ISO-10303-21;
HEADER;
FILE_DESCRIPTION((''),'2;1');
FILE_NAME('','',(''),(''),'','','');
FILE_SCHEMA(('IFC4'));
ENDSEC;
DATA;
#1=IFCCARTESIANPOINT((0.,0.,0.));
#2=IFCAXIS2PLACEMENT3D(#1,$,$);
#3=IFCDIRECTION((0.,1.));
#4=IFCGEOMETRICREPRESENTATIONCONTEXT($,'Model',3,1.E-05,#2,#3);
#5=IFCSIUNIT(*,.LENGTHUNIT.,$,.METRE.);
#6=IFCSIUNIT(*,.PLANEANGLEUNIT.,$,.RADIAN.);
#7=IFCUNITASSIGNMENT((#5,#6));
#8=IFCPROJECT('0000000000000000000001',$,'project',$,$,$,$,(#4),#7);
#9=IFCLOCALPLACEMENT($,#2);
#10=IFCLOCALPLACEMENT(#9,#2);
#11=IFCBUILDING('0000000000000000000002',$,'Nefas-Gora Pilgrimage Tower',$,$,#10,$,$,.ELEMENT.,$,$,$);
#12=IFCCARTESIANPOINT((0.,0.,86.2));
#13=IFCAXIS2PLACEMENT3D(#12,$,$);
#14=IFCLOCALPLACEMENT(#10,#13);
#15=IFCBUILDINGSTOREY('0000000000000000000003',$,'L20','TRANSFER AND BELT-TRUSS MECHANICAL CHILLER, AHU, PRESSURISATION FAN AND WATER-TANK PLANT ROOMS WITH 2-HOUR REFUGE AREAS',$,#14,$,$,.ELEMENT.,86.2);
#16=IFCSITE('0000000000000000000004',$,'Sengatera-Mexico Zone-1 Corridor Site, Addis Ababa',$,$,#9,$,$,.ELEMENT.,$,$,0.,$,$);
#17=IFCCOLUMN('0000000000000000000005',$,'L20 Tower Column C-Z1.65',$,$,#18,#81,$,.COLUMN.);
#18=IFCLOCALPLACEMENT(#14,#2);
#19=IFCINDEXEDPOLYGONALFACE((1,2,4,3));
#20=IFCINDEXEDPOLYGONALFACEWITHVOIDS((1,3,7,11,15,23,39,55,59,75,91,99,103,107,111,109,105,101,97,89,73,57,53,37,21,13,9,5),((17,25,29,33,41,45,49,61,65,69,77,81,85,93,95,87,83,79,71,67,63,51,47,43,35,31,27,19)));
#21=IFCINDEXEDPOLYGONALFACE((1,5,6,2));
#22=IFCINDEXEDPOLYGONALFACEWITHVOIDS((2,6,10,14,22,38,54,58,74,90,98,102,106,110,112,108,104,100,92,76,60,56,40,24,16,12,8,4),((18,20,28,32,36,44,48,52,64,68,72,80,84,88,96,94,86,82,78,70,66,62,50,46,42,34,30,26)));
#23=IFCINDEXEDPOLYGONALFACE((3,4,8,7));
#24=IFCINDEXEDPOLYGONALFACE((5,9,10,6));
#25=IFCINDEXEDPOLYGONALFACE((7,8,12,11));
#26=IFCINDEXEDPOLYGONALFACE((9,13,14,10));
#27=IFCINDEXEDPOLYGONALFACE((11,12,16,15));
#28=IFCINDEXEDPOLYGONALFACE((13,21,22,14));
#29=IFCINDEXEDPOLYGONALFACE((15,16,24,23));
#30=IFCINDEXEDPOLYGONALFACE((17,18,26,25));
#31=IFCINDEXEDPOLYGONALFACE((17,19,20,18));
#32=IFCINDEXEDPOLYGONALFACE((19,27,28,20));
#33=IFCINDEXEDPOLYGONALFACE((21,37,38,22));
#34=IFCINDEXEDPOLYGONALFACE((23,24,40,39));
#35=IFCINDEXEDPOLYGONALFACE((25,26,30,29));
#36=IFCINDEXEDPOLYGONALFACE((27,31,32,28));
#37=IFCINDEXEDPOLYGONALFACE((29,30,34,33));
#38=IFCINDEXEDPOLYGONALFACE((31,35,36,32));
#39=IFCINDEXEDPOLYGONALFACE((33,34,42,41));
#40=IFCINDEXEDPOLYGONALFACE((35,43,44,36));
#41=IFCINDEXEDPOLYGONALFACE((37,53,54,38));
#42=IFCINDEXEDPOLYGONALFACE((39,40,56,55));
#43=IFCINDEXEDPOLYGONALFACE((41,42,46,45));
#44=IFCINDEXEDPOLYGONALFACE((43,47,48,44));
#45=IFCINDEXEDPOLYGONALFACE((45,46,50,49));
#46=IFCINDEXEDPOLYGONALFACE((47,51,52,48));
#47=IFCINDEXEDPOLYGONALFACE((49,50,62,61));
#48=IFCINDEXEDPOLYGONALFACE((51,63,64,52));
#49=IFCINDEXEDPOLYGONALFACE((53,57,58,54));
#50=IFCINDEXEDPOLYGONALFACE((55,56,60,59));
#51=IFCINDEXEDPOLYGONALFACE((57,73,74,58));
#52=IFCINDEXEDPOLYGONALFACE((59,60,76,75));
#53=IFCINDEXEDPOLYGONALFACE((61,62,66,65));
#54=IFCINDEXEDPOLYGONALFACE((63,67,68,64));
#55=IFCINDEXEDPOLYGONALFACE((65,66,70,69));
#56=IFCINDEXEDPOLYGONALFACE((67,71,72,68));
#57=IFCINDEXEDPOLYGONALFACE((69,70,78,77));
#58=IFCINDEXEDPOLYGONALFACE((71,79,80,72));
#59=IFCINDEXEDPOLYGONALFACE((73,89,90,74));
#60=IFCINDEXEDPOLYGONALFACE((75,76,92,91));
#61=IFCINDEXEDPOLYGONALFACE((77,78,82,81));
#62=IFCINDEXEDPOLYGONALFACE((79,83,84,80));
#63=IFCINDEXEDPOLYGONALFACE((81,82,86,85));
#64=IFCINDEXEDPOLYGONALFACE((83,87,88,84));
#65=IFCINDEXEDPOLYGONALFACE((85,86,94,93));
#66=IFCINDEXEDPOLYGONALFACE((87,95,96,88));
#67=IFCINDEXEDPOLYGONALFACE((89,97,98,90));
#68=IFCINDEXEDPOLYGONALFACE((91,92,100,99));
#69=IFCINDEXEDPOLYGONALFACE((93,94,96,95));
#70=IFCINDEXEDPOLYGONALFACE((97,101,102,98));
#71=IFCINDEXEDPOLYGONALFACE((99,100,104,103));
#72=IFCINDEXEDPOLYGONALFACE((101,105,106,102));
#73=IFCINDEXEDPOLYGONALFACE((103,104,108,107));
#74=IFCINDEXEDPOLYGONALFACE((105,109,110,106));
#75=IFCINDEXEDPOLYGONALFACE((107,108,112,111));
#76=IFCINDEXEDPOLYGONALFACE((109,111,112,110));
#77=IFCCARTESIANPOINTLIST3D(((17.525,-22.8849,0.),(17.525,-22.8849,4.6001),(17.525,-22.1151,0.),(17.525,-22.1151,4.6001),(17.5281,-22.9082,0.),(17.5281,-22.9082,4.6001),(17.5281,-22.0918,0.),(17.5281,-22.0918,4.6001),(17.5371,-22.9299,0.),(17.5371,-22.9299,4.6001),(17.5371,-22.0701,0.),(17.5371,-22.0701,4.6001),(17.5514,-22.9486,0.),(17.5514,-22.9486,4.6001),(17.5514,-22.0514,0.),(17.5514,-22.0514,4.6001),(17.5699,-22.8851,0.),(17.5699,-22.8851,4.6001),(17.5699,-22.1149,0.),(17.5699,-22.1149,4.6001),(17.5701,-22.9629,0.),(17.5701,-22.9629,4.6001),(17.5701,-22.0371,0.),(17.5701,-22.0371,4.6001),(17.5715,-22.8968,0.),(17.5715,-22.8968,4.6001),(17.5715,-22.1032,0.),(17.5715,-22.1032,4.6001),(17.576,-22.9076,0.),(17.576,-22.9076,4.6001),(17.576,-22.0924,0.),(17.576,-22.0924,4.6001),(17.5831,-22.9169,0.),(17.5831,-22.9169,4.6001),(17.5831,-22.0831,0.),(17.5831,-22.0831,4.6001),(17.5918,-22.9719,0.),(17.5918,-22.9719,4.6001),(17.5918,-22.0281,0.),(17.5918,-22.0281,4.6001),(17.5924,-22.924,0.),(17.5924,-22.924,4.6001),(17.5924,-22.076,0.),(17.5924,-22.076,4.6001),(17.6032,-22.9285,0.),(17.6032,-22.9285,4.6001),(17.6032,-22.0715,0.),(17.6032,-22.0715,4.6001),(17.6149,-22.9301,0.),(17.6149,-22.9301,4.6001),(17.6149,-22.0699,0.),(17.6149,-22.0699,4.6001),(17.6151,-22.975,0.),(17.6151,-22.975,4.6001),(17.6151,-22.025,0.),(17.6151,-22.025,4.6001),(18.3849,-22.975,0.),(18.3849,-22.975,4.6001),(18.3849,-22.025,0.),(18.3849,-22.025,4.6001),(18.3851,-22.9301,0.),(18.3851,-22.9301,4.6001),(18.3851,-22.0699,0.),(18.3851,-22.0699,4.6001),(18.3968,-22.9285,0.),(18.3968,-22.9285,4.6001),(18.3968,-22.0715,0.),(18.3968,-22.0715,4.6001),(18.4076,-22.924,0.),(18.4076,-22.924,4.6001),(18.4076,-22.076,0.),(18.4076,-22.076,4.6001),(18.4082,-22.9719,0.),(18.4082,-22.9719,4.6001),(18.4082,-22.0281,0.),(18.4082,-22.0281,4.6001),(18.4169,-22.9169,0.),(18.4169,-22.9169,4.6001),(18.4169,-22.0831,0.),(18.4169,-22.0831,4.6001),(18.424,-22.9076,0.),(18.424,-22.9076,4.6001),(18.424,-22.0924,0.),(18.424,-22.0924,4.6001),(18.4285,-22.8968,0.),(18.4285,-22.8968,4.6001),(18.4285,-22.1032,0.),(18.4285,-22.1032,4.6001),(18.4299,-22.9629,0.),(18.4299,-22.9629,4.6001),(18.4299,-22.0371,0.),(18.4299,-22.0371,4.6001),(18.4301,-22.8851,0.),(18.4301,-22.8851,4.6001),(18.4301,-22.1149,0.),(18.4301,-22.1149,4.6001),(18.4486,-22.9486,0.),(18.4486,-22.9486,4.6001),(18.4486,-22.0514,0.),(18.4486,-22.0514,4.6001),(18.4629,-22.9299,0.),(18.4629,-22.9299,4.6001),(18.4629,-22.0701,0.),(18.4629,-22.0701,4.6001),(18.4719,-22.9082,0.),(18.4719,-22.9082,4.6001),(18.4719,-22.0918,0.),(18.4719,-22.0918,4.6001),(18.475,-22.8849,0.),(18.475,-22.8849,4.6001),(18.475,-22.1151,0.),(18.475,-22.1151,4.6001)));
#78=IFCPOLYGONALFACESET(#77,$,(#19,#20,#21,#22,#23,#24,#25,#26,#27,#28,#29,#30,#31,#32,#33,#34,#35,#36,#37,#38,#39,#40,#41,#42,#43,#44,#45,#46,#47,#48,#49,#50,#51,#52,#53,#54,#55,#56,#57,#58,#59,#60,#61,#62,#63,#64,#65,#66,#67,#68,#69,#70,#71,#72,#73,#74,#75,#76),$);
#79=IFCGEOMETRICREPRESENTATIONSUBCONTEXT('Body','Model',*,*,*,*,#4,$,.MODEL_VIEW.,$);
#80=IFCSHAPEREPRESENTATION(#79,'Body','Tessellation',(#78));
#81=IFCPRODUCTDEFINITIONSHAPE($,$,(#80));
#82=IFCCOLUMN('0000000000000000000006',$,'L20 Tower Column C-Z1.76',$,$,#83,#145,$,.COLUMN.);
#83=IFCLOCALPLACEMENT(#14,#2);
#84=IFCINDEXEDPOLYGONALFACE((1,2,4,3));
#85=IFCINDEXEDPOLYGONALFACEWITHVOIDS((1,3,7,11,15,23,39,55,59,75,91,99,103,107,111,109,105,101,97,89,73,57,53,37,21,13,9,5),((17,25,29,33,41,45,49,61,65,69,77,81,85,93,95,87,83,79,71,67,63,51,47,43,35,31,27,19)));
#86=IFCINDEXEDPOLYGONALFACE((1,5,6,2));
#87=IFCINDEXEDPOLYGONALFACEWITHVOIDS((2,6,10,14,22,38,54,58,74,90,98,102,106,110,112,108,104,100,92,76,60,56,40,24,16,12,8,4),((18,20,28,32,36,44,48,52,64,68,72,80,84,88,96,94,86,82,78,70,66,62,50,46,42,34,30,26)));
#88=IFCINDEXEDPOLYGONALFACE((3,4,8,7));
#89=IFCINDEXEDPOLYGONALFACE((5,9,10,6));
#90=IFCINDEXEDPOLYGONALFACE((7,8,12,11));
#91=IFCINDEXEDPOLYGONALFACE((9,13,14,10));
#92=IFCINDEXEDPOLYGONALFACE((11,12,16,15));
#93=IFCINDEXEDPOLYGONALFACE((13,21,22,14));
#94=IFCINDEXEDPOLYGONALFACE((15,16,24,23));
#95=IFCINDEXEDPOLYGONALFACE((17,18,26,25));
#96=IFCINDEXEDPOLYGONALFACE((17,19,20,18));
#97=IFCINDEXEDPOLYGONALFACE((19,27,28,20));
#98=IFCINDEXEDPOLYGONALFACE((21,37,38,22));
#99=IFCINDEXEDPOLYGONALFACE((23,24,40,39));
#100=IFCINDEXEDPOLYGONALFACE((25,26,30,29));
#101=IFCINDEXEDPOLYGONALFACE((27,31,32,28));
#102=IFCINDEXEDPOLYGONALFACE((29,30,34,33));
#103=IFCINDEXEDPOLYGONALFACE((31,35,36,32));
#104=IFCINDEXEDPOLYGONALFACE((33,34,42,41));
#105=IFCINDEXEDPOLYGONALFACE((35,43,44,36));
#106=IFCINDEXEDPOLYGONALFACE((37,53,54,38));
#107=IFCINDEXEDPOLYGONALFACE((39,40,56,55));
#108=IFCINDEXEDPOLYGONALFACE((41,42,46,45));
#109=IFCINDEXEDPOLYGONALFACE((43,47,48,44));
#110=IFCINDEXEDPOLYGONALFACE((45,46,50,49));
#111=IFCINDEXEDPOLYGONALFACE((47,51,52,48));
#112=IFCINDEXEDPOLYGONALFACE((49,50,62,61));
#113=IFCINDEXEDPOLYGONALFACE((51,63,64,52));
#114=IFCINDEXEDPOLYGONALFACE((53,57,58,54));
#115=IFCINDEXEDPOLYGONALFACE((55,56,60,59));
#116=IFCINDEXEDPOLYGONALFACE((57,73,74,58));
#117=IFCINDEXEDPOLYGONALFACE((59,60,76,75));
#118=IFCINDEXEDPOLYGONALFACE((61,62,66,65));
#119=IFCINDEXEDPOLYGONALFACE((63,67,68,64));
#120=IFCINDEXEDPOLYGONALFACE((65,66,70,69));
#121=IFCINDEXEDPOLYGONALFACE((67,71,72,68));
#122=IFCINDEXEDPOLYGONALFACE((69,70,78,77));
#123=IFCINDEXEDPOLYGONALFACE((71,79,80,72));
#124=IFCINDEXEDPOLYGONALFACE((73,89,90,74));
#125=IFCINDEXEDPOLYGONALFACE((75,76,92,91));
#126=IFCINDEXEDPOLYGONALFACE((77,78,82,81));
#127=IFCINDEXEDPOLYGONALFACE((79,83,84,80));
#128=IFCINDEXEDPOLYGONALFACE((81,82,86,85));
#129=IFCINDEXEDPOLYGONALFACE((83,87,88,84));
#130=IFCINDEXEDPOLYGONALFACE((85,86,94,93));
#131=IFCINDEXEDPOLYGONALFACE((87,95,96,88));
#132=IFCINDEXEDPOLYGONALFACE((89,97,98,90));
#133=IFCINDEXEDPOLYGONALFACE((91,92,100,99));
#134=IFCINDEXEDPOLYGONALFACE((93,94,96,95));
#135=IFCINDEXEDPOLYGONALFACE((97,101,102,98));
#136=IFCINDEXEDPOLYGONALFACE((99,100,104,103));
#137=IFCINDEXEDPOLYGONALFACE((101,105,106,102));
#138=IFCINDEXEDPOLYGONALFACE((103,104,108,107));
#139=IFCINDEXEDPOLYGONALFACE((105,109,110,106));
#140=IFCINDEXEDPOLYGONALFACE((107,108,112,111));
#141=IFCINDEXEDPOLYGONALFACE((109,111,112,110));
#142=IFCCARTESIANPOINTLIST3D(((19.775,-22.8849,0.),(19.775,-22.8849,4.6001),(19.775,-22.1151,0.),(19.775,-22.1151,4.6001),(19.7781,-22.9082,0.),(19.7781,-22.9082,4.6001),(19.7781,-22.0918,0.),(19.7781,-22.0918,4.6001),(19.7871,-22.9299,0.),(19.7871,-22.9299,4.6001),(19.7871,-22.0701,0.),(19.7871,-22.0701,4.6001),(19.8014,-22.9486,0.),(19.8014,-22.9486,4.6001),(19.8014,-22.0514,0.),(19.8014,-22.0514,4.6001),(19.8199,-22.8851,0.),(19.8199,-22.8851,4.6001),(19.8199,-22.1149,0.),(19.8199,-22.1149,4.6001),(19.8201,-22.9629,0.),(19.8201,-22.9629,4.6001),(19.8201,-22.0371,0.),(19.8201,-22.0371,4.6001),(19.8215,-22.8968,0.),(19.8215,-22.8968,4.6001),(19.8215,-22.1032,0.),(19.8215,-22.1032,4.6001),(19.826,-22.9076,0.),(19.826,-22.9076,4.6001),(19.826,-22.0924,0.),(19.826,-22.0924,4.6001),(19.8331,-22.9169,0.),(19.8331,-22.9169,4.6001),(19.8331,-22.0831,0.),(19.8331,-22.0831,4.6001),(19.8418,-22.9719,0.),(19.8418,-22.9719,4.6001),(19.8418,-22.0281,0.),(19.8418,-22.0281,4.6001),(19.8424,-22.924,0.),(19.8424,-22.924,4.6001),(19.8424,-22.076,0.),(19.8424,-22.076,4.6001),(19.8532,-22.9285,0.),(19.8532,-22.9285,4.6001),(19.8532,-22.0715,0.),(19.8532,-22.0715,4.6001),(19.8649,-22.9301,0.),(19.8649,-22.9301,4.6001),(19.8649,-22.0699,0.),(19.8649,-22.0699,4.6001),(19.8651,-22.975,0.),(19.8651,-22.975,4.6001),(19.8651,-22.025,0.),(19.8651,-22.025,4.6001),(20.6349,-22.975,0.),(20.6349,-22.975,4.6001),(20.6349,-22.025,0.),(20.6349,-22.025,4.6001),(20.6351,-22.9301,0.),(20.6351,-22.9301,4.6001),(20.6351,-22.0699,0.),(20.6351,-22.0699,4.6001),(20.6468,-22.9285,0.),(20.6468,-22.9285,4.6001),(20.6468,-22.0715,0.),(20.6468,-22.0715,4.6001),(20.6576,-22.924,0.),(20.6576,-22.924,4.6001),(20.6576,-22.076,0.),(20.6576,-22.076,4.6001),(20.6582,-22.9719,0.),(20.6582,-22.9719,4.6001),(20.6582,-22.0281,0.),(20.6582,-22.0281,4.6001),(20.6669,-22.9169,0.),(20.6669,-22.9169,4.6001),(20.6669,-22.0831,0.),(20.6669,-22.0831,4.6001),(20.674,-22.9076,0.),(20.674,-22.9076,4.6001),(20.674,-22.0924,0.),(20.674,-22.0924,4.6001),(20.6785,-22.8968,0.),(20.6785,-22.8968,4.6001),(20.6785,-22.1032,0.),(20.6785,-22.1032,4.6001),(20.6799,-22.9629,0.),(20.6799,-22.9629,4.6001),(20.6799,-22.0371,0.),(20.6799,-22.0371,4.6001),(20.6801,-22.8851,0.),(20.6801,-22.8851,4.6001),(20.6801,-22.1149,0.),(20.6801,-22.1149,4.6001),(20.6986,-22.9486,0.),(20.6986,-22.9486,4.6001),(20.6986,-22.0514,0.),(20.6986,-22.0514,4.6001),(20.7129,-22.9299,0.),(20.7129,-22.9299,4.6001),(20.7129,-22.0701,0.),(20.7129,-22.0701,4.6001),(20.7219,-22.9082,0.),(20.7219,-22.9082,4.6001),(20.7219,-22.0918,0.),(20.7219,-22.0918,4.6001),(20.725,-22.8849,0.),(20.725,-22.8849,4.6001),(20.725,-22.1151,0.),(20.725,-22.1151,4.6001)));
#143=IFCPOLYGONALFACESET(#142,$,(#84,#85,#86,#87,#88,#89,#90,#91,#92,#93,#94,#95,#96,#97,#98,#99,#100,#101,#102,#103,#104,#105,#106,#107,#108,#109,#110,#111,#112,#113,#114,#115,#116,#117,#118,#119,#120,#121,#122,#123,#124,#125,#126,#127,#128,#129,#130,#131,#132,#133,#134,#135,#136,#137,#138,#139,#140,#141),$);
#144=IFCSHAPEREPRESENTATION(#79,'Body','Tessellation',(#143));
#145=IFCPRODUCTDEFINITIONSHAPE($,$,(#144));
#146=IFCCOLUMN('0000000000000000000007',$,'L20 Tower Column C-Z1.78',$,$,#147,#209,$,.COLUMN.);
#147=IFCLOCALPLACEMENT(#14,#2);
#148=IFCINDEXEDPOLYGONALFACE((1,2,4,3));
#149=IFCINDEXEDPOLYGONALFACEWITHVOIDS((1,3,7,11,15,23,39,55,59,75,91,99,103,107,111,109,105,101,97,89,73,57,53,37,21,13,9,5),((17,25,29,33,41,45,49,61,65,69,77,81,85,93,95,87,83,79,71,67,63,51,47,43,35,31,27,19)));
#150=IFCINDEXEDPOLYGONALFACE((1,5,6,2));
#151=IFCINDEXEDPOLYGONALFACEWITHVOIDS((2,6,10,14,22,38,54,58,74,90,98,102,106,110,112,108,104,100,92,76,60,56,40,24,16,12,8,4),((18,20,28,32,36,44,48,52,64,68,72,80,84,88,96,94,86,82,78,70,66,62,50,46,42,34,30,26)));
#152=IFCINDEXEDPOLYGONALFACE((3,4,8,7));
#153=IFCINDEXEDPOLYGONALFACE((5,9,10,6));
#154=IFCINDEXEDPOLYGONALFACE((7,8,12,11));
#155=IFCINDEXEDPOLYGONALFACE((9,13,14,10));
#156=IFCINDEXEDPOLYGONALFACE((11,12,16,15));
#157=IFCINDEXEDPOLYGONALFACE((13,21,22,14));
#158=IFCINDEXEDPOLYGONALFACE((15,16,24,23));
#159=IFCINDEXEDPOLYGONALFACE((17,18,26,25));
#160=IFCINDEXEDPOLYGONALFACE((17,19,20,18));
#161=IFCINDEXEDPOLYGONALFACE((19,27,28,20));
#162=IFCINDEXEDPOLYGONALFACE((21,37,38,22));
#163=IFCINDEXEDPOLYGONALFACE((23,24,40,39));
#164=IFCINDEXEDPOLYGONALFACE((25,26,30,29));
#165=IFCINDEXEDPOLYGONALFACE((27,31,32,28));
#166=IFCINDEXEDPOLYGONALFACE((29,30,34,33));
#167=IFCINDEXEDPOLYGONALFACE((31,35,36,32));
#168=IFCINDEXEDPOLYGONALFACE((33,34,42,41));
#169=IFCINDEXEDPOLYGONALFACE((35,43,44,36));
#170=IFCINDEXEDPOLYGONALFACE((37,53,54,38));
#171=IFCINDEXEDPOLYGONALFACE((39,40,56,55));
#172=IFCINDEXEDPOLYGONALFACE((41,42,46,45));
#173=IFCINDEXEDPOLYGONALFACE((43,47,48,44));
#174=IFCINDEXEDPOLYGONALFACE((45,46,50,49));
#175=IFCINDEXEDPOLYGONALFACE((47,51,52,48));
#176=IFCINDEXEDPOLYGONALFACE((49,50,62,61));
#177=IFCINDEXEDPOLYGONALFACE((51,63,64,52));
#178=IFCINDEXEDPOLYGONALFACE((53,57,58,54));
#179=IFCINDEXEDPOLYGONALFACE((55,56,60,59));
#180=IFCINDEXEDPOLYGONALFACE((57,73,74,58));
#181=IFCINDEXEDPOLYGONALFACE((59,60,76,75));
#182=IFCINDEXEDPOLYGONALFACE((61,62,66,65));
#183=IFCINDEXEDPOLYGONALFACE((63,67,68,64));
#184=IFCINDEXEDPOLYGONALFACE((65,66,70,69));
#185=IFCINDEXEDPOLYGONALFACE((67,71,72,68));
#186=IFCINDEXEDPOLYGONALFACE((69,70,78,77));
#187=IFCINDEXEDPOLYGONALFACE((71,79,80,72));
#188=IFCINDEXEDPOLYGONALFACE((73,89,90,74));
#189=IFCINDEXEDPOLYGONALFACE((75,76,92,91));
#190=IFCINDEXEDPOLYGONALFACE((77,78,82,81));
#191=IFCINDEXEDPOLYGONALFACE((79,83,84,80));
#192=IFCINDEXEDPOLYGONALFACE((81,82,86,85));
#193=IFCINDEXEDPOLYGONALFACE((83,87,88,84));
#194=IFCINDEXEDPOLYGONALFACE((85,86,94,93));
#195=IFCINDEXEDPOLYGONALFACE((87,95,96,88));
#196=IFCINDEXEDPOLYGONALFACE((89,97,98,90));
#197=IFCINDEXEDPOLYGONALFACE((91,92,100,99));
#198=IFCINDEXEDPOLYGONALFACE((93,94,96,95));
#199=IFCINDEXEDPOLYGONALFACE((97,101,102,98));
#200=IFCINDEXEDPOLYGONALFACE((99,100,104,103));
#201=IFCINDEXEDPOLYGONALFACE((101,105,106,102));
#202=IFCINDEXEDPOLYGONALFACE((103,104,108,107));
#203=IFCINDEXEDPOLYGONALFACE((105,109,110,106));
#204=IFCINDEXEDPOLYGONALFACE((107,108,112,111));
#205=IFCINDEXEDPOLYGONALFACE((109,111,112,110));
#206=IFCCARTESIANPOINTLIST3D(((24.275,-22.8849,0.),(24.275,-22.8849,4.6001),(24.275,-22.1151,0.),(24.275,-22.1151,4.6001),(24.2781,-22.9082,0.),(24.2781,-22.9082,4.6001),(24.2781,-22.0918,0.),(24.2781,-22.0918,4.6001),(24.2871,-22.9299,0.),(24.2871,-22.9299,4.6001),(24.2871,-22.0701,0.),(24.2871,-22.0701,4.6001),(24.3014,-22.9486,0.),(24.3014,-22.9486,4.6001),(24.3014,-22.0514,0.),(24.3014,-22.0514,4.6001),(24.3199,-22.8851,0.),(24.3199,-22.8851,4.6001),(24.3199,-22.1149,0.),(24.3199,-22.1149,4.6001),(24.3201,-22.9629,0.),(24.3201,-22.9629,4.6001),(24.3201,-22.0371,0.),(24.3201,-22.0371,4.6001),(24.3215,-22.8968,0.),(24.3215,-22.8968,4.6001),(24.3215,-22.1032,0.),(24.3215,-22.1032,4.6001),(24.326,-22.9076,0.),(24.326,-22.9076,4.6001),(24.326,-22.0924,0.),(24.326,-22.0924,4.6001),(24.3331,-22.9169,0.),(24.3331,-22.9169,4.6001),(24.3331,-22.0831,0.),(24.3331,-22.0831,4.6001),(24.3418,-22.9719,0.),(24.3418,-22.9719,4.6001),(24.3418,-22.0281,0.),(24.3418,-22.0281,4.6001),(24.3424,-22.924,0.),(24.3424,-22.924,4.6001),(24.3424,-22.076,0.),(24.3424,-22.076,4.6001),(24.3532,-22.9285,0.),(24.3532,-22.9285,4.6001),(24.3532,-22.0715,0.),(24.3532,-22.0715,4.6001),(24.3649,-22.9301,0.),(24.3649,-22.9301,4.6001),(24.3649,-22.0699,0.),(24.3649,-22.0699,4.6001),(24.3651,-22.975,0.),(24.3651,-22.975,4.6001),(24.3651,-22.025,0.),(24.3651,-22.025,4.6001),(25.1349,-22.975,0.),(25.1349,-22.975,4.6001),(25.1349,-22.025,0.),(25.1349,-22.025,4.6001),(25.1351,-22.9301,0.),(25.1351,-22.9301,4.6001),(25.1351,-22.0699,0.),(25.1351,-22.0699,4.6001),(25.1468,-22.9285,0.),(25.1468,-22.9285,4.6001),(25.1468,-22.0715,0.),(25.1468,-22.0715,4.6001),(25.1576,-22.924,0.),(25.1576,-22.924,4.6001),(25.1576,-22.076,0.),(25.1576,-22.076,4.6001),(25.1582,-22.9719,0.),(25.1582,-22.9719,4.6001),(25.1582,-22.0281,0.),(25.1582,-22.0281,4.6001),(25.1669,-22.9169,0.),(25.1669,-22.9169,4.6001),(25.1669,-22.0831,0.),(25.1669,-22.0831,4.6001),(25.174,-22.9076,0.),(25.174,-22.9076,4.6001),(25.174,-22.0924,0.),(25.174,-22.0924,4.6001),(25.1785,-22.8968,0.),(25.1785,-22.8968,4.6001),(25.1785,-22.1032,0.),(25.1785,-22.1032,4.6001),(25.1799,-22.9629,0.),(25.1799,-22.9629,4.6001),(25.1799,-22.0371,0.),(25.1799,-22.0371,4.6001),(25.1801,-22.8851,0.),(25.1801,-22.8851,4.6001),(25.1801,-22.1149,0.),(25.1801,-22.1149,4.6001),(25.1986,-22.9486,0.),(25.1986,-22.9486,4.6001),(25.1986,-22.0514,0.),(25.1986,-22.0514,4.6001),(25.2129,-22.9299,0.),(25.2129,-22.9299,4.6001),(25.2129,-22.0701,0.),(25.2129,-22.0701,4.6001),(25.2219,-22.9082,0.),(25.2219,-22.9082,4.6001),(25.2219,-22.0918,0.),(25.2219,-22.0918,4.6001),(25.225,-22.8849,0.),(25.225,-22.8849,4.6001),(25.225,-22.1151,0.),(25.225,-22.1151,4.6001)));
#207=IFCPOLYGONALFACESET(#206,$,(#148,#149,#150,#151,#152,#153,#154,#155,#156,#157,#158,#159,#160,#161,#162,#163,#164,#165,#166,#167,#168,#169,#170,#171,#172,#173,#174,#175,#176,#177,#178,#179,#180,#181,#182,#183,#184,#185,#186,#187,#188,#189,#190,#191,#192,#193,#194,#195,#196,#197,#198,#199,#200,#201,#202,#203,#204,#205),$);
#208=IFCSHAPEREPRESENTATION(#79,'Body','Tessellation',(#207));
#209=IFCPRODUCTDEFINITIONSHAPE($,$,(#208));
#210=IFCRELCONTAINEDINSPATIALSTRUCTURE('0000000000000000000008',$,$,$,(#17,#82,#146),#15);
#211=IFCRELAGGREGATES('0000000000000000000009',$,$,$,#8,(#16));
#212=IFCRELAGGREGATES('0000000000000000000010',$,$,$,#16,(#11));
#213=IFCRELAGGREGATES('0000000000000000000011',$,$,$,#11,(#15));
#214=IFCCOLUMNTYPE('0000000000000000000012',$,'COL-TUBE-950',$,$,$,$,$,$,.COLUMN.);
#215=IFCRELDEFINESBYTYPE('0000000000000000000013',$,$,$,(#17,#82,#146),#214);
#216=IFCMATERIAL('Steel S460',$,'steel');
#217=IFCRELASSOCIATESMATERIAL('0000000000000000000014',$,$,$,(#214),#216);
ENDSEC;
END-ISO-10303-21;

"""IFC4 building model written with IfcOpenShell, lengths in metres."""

from ifc_helpers import new_model, si_unit, direction, frame, origin, origin_2d, place, context, subcontext, project, spatial, hollow_rectangle, extrude, source, transform, mapped, material, material_profile, profile_set, type_object, element, save


model = new_model("IFC4")

# Units and contexts
model_context = context("Model", 3, precision=1e-05, world=origin(), true_north=direction((0.0, 1.0)))
body_context = subcontext(model_context, "Body", "Model", "MODEL_VIEW")
ifc_project = project(units=[si_unit("LENGTHUNIT", "METRE"), si_unit("PLANEANGLEUNIT", "RADIAN")], contexts=[model_context])

# Site, building, storey
site_placement = place(None, origin())
site = spatial("IfcSite", under=ifc_project, at=site_placement, Name="Sengatera-Mexico Zone-1 Corridor Site, Addis Ababa", CompositionType="ELEMENT", RefElevation=0.0)
building_placement = place(site_placement, origin())
building = spatial("IfcBuilding", under=site, at=building_placement, Name="Nefas-Gora Pilgrimage Tower", CompositionType="ELEMENT")
storey_placement = place(building_placement, frame((0.0, 0.0, 86.2)))
storey = spatial("IfcBuildingStorey", under=building, at=storey_placement, Name="L20", Description="TRANSFER AND BELT-TRUSS MECHANICAL CHILLER, AHU, PRESSURISATION FAN AND WATER-TANK PLANT ROOMS WITH 2-HOUR REFUGE AREAS", CompositionType="ELEMENT", Elevation=86.2)

# Columns
ifc_material_1 = material(Name="Steel S460", Category="steel")
ifc_material_profile_1 = material_profile(ifc_material_1, hollow_rectangle(XDim=0.95, YDim=0.95, WallThickness=0.0449, InnerFilletRadius=0.0449, OuterFilletRadius=0.0901, at=origin_2d()), Name="BOX 950x950x45")
ifc_profile_set_1 = profile_set([ifc_material_profile_1], Name="Steel S460")
column_type_1 = type_object("IfcColumnType", Name="COL-TUBE-950", PredefinedType="COLUMN", material=ifc_profile_set_1)
shared_shape_1 = source(origin(), body_context, "Body", "SweptSolid", [
    extrude(hollow_rectangle(XDim=0.95, YDim=0.95, WallThickness=0.0449, InnerFilletRadius=0.0449, OuterFilletRadius=0.0901, at=origin_2d()), origin(), (0.0, 0.0, 1.0), 4.6001),
])
for number, where, z_axis, x_axis, name in (
    (1, (18.0, -22.5, 0.0), (0.0, 0.0, 1.0), (1.0, 0.0, 0.0), "L20 Tower Column C-Z1.65"),
    (2, (20.25, -22.5, 0.0), (0.0, 0.0, 1.0), (1.0, 0.0, 0.0), "L20 Tower Column C-Z1.76"),
    (3, (24.75, -22.5, 0.0), (0.0, 0.0, 1.0), (1.0, 0.0, 0.0), "L20 Tower Column C-Z1.78"),
):
    element("IfcColumn", number, at=place(storey_placement, frame(where, z_axis=z_axis, x_axis=x_axis)), inside=storey, type_object=column_type_1, Name=name, PredefinedType="COLUMN", context=body_context, shape_type="MappedRepresentation", body=[
        mapped(shared_shape_1, transform((0.0, 0.0, 0.0), x_axis=(1.0, 0.0, 0.0), y_axis=(0.0, 1.0, 0.0), z_axis=(0.0, 0.0, 1.0), scale=1.0)),
    ])

save(model, "model.ifc")
